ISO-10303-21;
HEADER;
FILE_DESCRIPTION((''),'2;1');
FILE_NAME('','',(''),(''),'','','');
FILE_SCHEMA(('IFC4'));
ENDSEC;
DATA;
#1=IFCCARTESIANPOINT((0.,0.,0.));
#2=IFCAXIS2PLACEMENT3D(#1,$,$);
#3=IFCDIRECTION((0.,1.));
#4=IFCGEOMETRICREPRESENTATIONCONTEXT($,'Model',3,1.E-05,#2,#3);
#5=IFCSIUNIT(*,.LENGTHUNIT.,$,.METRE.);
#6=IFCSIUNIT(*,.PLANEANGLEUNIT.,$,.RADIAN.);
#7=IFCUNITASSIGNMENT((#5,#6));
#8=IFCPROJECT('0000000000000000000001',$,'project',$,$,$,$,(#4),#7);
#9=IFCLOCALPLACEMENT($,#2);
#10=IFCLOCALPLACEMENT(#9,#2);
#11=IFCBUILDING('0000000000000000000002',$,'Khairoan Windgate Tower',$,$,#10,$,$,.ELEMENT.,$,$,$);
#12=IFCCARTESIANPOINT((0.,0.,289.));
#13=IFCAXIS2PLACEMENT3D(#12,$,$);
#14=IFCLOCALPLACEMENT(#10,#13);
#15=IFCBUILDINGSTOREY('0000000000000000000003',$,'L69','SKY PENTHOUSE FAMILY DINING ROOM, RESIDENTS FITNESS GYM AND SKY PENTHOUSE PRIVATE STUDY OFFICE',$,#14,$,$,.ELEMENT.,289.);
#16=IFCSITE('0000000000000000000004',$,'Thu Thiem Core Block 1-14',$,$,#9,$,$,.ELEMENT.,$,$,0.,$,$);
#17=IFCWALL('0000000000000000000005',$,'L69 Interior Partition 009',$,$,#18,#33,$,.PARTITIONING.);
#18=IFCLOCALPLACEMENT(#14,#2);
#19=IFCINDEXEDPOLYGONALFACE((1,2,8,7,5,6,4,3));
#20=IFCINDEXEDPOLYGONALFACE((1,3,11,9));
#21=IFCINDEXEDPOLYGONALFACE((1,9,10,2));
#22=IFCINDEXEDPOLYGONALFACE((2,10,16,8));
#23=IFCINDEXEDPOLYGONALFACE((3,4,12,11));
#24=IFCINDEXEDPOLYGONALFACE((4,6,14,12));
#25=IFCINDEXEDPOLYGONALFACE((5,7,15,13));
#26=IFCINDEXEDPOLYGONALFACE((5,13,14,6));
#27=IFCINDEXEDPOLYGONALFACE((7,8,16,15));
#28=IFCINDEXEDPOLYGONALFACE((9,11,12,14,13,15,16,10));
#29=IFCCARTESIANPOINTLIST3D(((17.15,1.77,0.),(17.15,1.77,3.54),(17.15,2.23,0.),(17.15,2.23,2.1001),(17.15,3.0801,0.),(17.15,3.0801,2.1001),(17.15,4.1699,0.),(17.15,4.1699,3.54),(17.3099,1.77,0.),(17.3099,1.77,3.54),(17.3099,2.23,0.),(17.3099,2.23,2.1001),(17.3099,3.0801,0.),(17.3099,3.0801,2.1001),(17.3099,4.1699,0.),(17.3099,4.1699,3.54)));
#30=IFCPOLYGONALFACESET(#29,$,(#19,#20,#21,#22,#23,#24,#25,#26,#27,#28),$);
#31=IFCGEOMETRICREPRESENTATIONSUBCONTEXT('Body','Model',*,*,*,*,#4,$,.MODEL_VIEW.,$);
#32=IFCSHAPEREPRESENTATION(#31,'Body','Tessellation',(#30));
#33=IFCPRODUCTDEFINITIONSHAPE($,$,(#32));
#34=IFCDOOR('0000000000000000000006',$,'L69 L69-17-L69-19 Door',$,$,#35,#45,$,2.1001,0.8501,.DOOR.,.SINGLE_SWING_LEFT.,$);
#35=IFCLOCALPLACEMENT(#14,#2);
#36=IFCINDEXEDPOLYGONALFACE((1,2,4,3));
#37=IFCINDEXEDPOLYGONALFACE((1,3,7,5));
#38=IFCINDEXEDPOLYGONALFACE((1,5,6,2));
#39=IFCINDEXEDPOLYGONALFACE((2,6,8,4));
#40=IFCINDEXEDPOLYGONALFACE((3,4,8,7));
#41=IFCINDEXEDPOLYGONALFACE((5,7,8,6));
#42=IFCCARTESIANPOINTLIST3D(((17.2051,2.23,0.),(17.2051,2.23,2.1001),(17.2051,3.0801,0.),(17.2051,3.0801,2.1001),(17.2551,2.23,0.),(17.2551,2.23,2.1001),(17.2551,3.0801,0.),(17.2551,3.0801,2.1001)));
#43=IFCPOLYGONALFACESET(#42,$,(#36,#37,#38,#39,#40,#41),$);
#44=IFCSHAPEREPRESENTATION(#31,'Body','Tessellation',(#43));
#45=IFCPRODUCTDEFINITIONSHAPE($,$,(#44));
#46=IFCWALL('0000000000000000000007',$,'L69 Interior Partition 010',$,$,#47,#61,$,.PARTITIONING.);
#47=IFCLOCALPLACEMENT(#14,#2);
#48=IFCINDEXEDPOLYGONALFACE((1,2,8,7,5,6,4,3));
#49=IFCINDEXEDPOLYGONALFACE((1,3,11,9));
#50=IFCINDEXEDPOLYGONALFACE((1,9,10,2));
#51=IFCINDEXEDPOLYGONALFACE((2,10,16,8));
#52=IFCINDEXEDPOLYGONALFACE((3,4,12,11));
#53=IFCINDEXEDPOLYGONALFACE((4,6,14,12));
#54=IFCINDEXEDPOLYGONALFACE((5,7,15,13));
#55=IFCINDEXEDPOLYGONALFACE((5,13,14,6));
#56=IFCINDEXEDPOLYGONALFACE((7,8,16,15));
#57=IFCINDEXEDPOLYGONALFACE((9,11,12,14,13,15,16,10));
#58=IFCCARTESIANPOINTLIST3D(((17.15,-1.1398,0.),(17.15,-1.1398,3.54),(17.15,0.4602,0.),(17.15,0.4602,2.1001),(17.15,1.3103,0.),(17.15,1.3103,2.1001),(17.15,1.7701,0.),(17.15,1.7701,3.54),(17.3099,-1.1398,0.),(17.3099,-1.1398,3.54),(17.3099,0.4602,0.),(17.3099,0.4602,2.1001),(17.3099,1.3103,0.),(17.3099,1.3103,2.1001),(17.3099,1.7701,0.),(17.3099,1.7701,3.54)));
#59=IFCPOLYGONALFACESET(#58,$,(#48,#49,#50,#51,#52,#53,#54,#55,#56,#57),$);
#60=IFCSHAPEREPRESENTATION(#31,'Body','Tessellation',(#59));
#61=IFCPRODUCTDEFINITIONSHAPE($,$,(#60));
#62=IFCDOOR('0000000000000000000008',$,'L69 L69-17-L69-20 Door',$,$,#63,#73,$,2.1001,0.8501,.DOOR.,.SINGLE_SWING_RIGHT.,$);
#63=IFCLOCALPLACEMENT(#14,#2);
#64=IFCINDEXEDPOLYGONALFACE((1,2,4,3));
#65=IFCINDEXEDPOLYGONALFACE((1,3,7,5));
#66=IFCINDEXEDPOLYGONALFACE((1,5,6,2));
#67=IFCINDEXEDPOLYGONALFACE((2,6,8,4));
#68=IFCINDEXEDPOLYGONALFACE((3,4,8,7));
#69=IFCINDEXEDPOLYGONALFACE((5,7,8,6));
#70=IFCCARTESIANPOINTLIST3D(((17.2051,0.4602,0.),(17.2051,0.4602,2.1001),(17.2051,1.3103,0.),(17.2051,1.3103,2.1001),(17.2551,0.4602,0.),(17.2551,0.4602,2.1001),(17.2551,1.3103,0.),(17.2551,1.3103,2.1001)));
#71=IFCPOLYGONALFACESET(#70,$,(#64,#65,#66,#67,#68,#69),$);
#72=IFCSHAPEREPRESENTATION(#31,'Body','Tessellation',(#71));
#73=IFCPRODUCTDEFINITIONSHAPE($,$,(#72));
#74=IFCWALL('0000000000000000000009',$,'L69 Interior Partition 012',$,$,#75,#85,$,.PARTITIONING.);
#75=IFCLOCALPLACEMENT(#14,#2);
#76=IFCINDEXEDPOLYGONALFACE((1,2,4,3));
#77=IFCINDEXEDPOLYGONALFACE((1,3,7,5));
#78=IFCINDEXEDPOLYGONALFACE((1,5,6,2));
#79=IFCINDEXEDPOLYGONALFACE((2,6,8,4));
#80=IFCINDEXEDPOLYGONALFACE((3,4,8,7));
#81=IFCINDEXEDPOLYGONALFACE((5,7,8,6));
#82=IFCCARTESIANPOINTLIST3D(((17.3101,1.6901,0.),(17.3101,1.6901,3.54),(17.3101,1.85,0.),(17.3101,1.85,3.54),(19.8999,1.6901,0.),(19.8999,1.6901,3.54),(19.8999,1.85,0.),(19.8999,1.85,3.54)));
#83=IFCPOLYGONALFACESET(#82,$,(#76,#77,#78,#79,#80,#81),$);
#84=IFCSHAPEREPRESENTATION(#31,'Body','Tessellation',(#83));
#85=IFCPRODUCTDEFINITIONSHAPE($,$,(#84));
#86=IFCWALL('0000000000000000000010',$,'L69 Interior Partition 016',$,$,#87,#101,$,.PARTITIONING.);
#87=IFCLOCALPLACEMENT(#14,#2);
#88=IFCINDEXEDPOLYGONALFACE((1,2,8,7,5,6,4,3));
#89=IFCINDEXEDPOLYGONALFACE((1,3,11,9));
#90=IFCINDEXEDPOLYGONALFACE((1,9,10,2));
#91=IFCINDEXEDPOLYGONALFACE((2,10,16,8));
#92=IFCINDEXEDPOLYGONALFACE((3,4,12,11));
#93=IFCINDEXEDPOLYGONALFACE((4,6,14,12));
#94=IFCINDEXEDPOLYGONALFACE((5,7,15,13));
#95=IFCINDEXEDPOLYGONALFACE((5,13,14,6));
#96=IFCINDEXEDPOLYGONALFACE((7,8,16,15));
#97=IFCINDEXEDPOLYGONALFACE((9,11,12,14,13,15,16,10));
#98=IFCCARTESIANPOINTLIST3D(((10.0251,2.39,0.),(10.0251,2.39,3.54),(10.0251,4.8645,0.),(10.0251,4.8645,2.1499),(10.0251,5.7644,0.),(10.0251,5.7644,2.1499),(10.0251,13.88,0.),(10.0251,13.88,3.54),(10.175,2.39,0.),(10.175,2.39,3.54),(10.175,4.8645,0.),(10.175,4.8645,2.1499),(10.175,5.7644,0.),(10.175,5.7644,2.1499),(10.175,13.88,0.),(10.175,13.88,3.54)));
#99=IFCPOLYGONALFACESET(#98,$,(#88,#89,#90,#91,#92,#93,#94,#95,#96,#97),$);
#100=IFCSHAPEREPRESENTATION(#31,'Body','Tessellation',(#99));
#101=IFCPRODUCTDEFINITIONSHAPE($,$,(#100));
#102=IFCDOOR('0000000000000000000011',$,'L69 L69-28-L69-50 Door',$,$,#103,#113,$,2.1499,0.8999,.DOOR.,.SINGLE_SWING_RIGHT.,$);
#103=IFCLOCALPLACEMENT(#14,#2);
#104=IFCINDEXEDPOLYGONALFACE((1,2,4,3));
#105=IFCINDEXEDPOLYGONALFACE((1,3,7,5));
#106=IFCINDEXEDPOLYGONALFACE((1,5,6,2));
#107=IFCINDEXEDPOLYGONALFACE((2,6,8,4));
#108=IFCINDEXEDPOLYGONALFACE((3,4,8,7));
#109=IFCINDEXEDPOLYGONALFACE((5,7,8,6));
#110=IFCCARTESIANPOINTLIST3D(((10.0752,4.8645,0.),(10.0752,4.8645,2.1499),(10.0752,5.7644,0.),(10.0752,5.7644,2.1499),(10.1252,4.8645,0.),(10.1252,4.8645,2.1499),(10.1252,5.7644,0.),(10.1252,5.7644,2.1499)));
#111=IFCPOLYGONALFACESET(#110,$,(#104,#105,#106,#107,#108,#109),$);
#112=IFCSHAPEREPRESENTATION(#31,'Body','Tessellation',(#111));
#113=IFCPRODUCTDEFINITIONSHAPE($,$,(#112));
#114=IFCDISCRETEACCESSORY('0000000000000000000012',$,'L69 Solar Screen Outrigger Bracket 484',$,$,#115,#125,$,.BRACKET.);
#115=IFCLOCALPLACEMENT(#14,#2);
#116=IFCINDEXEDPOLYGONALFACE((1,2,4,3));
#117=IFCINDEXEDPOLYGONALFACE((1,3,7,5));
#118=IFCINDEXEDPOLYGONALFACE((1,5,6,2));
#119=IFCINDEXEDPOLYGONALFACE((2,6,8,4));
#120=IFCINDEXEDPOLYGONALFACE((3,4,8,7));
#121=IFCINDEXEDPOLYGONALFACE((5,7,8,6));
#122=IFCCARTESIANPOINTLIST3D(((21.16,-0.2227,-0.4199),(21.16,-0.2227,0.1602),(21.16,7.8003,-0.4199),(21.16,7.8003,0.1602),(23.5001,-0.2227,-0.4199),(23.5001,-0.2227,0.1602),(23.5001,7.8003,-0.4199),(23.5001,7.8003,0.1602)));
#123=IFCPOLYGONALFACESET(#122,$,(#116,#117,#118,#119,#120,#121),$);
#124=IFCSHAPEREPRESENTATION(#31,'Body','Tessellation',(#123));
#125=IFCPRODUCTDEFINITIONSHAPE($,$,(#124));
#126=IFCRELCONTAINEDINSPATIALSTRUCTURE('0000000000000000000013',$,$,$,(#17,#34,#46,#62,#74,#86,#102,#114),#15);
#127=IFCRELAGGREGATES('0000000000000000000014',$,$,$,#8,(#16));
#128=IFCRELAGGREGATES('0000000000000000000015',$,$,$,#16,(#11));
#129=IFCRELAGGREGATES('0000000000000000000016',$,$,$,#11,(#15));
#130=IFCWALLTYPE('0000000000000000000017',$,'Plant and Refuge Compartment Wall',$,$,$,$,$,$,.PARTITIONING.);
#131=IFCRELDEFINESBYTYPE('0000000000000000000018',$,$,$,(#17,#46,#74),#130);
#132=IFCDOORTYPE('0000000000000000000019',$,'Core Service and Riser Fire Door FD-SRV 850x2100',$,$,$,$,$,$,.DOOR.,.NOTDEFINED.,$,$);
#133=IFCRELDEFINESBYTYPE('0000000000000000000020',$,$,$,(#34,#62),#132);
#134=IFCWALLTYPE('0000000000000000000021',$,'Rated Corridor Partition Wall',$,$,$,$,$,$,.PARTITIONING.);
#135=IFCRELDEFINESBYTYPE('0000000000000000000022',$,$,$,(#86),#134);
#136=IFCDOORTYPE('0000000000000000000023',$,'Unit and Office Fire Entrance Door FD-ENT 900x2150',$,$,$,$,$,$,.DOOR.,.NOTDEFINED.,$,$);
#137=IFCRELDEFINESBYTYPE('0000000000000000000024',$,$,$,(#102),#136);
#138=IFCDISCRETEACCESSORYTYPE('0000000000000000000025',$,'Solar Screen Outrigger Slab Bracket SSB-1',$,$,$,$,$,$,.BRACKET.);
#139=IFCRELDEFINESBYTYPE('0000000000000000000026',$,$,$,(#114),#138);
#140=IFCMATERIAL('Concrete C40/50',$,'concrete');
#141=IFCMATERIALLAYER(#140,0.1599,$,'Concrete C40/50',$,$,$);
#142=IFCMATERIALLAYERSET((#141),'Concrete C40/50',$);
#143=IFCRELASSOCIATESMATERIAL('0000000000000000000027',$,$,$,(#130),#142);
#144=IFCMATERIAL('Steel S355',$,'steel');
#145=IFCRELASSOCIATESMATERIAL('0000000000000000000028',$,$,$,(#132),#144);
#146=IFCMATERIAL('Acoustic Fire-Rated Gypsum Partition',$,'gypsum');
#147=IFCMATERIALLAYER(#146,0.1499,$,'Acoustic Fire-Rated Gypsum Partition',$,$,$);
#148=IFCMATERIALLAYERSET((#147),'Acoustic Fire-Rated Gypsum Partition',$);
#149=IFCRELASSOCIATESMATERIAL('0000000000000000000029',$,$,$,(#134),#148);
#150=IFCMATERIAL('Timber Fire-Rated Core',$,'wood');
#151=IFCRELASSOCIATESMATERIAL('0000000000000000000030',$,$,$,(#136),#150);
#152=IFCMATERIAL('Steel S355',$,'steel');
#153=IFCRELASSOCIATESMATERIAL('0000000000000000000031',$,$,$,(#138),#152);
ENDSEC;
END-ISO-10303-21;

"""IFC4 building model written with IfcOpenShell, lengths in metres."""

from ifc_helpers import new_model, si_unit, direction, frame, frame_2d, origin, origin_2d, place, context, subcontext, project, spatial, rectangle, extrude, material, layer, layer_set, type_object, element, fill, save


model = new_model("IFC4")

# Units and contexts
model_context = context("Model", 3, precision=1e-05, world=origin(), true_north=direction((0.0, 1.0)))
body_context = subcontext(model_context, "Body", "Model", "MODEL_VIEW")
ifc_project = project(units=[si_unit("LENGTHUNIT", "METRE"), si_unit("PLANEANGLEUNIT", "RADIAN")], contexts=[model_context])

# Site, building, storey
site_placement = place(None, origin())
site = spatial("IfcSite", under=ifc_project, at=site_placement, Name="Thu Thiem Core Block 1-14", CompositionType="ELEMENT", RefElevation=0.0)
building_placement = place(site_placement, origin())
building = spatial("IfcBuilding", under=site, at=building_placement, Name="Khairoan Windgate Tower", CompositionType="ELEMENT")
storey_placement = place(building_placement, frame((0.0, 0.0, 289.0)))
storey = spatial("IfcBuildingStorey", under=building, at=storey_placement, Name="L69", Description="SKY PENTHOUSE FAMILY DINING ROOM, RESIDENTS FITNESS GYM AND SKY PENTHOUSE PRIVATE STUDY OFFICE", CompositionType="ELEMENT", Elevation=289.0)

# Walls, openings, doors
ifc_material_1 = material(Name="Concrete C40/50", Category="concrete")
ifc_layer_1 = layer(ifc_material_1, 0.1599, Name="Concrete C40/50")
ifc_layer_set_1 = layer_set([ifc_layer_1], Name="Concrete C40/50")
wall_type_1 = type_object("IfcWallType", Name="Plant and Refuge Compartment Wall", PredefinedType="PARTITIONING", material=ifc_layer_set_1)
wall_1_placement = place(storey_placement, frame((17.23, 1.77, 0.0), z_axis=(0.0, 0.0, 1.0), x_axis=(0.0, 1.0, 0.0)))
wall_1 = element("IfcWall", 1, at=wall_1_placement, inside=storey, type_object=wall_type_1, Name="L69 Interior Partition 009", PredefinedType="PARTITIONING", context=body_context, shape_type="SweptSolid", body=[
    extrude(rectangle(XDim=2.3999, YDim=0.1599, at=frame_2d((1.2, 0.0))), origin(), (0.0, 0.0, 1.0), 3.54),
])
opening_1_placement = place(wall_1_placement, frame((0.46, 0.0, 0.0)))
opening_1 = element("IfcOpeningElement", 2, at=opening_1_placement, cuts=wall_1, PredefinedType="OPENING", context=body_context, shape_type="SweptSolid", body=[
    extrude(rectangle(XDim=0.8501, YDim=2.1001, at=frame_2d((0.425, 1.05))), frame((0.0, 0.0898, 0.0), z_axis=(0.0, -1.0, 0.0), x_axis=(1.0, 0.0, 0.0)), (0.0, 0.0, 1.0), 0.1799),
])
ifc_material_2 = material(Name="Steel S355", Category="steel")
door_type_1 = type_object("IfcDoorType", Name="Core Service and Riser Fire Door FD-SRV 850x2100", OperationType="NOTDEFINED", PredefinedType="DOOR", material=ifc_material_2)
door_1_placement = place(opening_1_placement, origin())
door_1 = element("IfcDoor", 3, at=door_1_placement, inside=storey, type_object=door_type_1, Name="L69 L69-17-L69-19 Door", OperationType="SINGLE_SWING_LEFT", OverallHeight=2.1001, OverallWidth=0.8501, PredefinedType="DOOR", context=body_context, shape_type="SweptSolid", body=[
    extrude(rectangle(XDim=0.8501, YDim=2.1001, at=frame_2d((0.425, 1.05))), frame((0.0, 0.0249, 0.0), z_axis=(0.0, -1.0, 0.0), x_axis=(1.0, 0.0, 0.0)), (0.0, 0.0, 1.0), 0.05),
])
fill(opening_1, door_1)
wall_2_placement = place(storey_placement, frame((17.23, -1.1399, 0.0), z_axis=(0.0, 0.0, 1.0), x_axis=(0.0, 1.0, 0.0)))
wall_2 = element("IfcWall", 4, at=wall_2_placement, inside=storey, type_object=wall_type_1, Name="L69 Interior Partition 010", PredefinedType="PARTITIONING", context=body_context, shape_type="SweptSolid", body=[
    extrude(rectangle(XDim=2.9099, YDim=0.1599, at=frame_2d((1.4551, 0.0))), origin(), (0.0, 0.0, 1.0), 3.54),
])
opening_2_placement = place(wall_2_placement, frame((1.6001, 0.0, 0.0)))
opening_2 = element("IfcOpeningElement", 5, at=opening_2_placement, cuts=wall_2, PredefinedType="OPENING", context=body_context, shape_type="SweptSolid", body=[
    extrude(rectangle(XDim=0.8501, YDim=2.1001, at=frame_2d((0.425, 1.05))), frame((0.0, 0.0898, 0.0), z_axis=(0.0, -1.0, 0.0), x_axis=(1.0, 0.0, 0.0)), (0.0, 0.0, 1.0), 0.1799),
])
door_2_placement = place(opening_2_placement, origin())
door_2 = element("IfcDoor", 6, at=door_2_placement, inside=storey, type_object=door_type_1, Name="L69 L69-17-L69-20 Door", OperationType="SINGLE_SWING_RIGHT", OverallHeight=2.1001, OverallWidth=0.8501, PredefinedType="DOOR", context=body_context, shape_type="SweptSolid", body=[
    extrude(rectangle(XDim=0.8501, YDim=2.1001, at=frame_2d((0.425, 1.05))), frame((0.0, 0.0249, 0.0), z_axis=(0.0, -1.0, 0.0), x_axis=(1.0, 0.0, 0.0)), (0.0, 0.0, 1.0), 0.05),
])
fill(opening_2, door_2)

# Wall
wall_3_placement = place(storey_placement, frame((17.3101, 1.77, 0.0), z_axis=(0.0, 0.0, 1.0), x_axis=(1.0, 0.0, 0.0)))
element("IfcWall", 7, at=wall_3_placement, inside=storey, type_object=wall_type_1, Name="L69 Interior Partition 012", PredefinedType="PARTITIONING", context=body_context, shape_type="SweptSolid", body=[
    extrude(rectangle(XDim=2.5898, YDim=0.1599, at=frame_2d((1.2949, 0.0))), origin(), (0.0, 0.0, 1.0), 3.54),
])

# Wall, opening, door
ifc_material_3 = material(Name="Acoustic Fire-Rated Gypsum Partition", Category="gypsum")
ifc_layer_2 = layer(ifc_material_3, 0.1499, Name="Acoustic Fire-Rated Gypsum Partition")
ifc_layer_set_2 = layer_set([ifc_layer_2], Name="Acoustic Fire-Rated Gypsum Partition")
wall_type_2 = type_object("IfcWallType", Name="Rated Corridor Partition Wall", PredefinedType="PARTITIONING", material=ifc_layer_set_2)
wall_4_placement = place(storey_placement, frame((10.1001, 2.3899, 0.0), z_axis=(0.0, 0.0, 1.0), x_axis=(0.0, 1.0, 0.0)))
wall_4 = element("IfcWall", 8, at=wall_4_placement, inside=storey, type_object=wall_type_2, Name="L69 Interior Partition 016", PredefinedType="PARTITIONING", context=body_context, shape_type="SweptSolid", body=[
    extrude(rectangle(XDim=11.49, YDim=0.1499, at=frame_2d((5.7451, 0.0))), origin(), (0.0, 0.0, 1.0), 3.54),
])
opening_3_placement = place(wall_4_placement, frame((2.4746, 0.0, 0.0)))
opening_3 = element("IfcOpeningElement", 9, at=opening_3_placement, cuts=wall_4, PredefinedType="OPENING", context=body_context, shape_type="SweptSolid", body=[
    extrude(rectangle(XDim=0.8999, YDim=2.1499, at=frame_2d((0.45, 1.075))), frame((0.0, 0.085, 0.0), z_axis=(0.0, -1.0, 0.0), x_axis=(1.0, 0.0, 0.0)), (0.0, 0.0, 1.0), 0.1699),
])
ifc_material_4 = material(Name="Timber Fire-Rated Core", Category="wood")
door_type_2 = type_object("IfcDoorType", Name="Unit and Office Fire Entrance Door FD-ENT 900x2150", OperationType="NOTDEFINED", PredefinedType="DOOR", material=ifc_material_4)
door_3_placement = place(opening_3_placement, origin())
door_3 = element("IfcDoor", 10, at=door_3_placement, inside=storey, type_object=door_type_2, Name="L69 L69-28-L69-50 Door", OperationType="SINGLE_SWING_RIGHT", OverallHeight=2.1499, OverallWidth=0.8999, PredefinedType="DOOR", context=body_context, shape_type="SweptSolid", body=[
    extrude(rectangle(XDim=0.8999, YDim=2.1499, at=frame_2d((0.45, 1.075))), frame((0.0, 0.0249, 0.0), z_axis=(0.0, -1.0, 0.0), x_axis=(1.0, 0.0, 0.0)), (0.0, 0.0, 1.0), 0.05),
])
fill(opening_3, door_3)

# Discrete accessory
ifc_material_5 = material(Name="Steel S355", Category="steel")
discrete_accessory_type = type_object("IfcDiscreteAccessoryType", Name="Solar Screen Outrigger Slab Bracket SSB-1", PredefinedType="BRACKET", material=ifc_material_5)
discrete_accessory_placement = place(storey_placement, frame((22.3301, 3.7888, -0.4199), z_axis=(0.0, 0.0, 1.0), x_axis=(0.0, -1.0, 0.0)))
element("IfcDiscreteAccessory", 11, at=discrete_accessory_placement, inside=storey, type_object=discrete_accessory_type, Name="L69 Solar Screen Outrigger Bracket 484", PredefinedType="BRACKET", context=body_context, shape_type="SweptSolid", body=[
    extrude(rectangle(XDim=8.0229, YDim=2.3401, at=origin_2d()), origin(), (0.0, 0.0, 1.0), 0.5801),
])

save(model, "model.ifc")
